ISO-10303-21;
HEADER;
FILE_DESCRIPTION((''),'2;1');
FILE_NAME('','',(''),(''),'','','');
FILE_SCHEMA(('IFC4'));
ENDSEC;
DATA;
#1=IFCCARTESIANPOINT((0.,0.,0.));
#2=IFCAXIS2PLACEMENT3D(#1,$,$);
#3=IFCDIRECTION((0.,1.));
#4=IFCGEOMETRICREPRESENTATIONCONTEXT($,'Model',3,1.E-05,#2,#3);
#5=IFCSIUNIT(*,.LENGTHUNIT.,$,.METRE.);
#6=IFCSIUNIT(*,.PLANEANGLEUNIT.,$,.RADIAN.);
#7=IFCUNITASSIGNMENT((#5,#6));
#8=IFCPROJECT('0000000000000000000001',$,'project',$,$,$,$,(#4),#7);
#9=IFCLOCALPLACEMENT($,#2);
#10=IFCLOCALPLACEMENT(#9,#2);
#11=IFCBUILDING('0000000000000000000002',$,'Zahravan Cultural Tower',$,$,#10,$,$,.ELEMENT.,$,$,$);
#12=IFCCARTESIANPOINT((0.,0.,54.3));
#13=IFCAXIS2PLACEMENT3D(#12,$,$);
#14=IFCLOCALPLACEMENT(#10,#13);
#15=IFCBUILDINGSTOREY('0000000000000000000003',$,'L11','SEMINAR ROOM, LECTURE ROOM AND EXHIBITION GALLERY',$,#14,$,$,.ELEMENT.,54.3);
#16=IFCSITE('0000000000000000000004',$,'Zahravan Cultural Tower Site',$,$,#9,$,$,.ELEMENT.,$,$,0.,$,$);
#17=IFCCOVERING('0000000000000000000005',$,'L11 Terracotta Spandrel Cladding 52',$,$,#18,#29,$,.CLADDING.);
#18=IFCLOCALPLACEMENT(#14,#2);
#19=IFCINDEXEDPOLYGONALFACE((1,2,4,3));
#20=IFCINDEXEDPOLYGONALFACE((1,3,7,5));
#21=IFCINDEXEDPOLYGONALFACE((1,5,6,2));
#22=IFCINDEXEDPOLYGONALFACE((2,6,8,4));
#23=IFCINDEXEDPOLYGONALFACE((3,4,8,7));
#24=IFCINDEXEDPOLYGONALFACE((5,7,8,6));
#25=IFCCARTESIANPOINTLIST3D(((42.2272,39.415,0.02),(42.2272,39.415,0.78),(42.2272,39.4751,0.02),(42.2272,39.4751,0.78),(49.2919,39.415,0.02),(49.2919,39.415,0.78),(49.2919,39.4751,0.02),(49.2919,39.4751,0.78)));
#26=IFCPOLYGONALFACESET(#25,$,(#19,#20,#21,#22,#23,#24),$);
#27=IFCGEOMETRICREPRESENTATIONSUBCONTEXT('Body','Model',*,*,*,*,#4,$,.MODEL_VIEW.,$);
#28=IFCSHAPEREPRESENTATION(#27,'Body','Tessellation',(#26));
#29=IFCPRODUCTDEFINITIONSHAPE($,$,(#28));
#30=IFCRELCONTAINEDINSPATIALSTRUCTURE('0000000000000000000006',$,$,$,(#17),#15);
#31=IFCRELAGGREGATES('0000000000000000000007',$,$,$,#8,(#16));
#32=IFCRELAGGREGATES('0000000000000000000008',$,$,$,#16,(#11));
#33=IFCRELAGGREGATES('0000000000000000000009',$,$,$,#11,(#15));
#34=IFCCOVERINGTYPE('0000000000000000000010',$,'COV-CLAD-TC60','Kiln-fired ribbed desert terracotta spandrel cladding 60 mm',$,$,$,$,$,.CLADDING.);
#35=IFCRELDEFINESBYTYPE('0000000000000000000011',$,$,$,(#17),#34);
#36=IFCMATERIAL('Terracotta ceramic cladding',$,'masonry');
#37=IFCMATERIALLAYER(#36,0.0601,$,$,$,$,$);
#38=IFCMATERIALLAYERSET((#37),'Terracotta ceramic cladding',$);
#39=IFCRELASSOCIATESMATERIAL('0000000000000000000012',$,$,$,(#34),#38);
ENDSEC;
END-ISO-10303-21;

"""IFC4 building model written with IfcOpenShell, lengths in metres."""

from ifc_helpers import new_model, si_unit, direction, frame, origin, origin_2d, place, context, subcontext, project, spatial, rectangle, extrude, source, transform, mapped, material, layer, layer_set, type_object, element, save


model = new_model("IFC4")

# Units and contexts
model_context = context("Model", 3, precision=1e-05, world=origin(), true_north=direction((0.0, 1.0)))
body_context = subcontext(model_context, "Body", "Model", "MODEL_VIEW")
ifc_project = project(units=[si_unit("LENGTHUNIT", "METRE"), si_unit("PLANEANGLEUNIT", "RADIAN")], contexts=[model_context])

# Site, building, storey
site_placement = place(None, origin())
site = spatial("IfcSite", under=ifc_project, at=site_placement, Name="Zahravan Cultural Tower Site", CompositionType="ELEMENT", RefElevation=0.0)
building_placement = place(site_placement, origin())
building = spatial("IfcBuilding", under=site, at=building_placement, Name="Zahravan Cultural Tower", CompositionType="ELEMENT")
storey_placement = place(building_placement, frame((0.0, 0.0, 54.3)))
storey = spatial("IfcBuildingStorey", under=building, at=storey_placement, Name="L11", Description="SEMINAR ROOM, LECTURE ROOM AND EXHIBITION GALLERY", CompositionType="ELEMENT", Elevation=54.3)

# Covering
ifc_material_1 = material(Name="Terracotta ceramic cladding", Category="masonry")
ifc_layer_1 = layer(ifc_material_1, 0.0601)
ifc_layer_set_1 = layer_set([ifc_layer_1], Name="Terracotta ceramic cladding")
covering_type = type_object("IfcCoveringType", Name="COV-CLAD-TC60", Description="Kiln-fired ribbed desert terracotta spandrel cladding 60 mm", PredefinedType="CLADDING", material=ifc_layer_set_1)
shared_shape_1 = source(origin(), body_context, "Body", "SweptSolid", [
    extrude(rectangle(XDim=7.0647, YDim=0.0601, at=origin_2d()), origin(), (0.0, 0.0, 1.0), 0.76),
])
covering_placement = place(storey_placement, frame((45.7595, 39.4451, 0.02), z_axis=(0.0, 0.0, 1.0), x_axis=(1.0, 0.0, 0.0)))
element("IfcCovering", 1, at=covering_placement, inside=storey, type_object=covering_type, Name="L11 Terracotta Spandrel Cladding 52", PredefinedType="CLADDING", context=body_context, shape_type="MappedRepresentation", body=[
    mapped(shared_shape_1, transform((0.0, 0.0, 0.0), x_axis=(1.0, 0.0, 0.0), y_axis=(0.0, 1.0, 0.0), z_axis=(0.0, 0.0, 1.0), scale=1.0)),
])

save(model, "model.ifc")
